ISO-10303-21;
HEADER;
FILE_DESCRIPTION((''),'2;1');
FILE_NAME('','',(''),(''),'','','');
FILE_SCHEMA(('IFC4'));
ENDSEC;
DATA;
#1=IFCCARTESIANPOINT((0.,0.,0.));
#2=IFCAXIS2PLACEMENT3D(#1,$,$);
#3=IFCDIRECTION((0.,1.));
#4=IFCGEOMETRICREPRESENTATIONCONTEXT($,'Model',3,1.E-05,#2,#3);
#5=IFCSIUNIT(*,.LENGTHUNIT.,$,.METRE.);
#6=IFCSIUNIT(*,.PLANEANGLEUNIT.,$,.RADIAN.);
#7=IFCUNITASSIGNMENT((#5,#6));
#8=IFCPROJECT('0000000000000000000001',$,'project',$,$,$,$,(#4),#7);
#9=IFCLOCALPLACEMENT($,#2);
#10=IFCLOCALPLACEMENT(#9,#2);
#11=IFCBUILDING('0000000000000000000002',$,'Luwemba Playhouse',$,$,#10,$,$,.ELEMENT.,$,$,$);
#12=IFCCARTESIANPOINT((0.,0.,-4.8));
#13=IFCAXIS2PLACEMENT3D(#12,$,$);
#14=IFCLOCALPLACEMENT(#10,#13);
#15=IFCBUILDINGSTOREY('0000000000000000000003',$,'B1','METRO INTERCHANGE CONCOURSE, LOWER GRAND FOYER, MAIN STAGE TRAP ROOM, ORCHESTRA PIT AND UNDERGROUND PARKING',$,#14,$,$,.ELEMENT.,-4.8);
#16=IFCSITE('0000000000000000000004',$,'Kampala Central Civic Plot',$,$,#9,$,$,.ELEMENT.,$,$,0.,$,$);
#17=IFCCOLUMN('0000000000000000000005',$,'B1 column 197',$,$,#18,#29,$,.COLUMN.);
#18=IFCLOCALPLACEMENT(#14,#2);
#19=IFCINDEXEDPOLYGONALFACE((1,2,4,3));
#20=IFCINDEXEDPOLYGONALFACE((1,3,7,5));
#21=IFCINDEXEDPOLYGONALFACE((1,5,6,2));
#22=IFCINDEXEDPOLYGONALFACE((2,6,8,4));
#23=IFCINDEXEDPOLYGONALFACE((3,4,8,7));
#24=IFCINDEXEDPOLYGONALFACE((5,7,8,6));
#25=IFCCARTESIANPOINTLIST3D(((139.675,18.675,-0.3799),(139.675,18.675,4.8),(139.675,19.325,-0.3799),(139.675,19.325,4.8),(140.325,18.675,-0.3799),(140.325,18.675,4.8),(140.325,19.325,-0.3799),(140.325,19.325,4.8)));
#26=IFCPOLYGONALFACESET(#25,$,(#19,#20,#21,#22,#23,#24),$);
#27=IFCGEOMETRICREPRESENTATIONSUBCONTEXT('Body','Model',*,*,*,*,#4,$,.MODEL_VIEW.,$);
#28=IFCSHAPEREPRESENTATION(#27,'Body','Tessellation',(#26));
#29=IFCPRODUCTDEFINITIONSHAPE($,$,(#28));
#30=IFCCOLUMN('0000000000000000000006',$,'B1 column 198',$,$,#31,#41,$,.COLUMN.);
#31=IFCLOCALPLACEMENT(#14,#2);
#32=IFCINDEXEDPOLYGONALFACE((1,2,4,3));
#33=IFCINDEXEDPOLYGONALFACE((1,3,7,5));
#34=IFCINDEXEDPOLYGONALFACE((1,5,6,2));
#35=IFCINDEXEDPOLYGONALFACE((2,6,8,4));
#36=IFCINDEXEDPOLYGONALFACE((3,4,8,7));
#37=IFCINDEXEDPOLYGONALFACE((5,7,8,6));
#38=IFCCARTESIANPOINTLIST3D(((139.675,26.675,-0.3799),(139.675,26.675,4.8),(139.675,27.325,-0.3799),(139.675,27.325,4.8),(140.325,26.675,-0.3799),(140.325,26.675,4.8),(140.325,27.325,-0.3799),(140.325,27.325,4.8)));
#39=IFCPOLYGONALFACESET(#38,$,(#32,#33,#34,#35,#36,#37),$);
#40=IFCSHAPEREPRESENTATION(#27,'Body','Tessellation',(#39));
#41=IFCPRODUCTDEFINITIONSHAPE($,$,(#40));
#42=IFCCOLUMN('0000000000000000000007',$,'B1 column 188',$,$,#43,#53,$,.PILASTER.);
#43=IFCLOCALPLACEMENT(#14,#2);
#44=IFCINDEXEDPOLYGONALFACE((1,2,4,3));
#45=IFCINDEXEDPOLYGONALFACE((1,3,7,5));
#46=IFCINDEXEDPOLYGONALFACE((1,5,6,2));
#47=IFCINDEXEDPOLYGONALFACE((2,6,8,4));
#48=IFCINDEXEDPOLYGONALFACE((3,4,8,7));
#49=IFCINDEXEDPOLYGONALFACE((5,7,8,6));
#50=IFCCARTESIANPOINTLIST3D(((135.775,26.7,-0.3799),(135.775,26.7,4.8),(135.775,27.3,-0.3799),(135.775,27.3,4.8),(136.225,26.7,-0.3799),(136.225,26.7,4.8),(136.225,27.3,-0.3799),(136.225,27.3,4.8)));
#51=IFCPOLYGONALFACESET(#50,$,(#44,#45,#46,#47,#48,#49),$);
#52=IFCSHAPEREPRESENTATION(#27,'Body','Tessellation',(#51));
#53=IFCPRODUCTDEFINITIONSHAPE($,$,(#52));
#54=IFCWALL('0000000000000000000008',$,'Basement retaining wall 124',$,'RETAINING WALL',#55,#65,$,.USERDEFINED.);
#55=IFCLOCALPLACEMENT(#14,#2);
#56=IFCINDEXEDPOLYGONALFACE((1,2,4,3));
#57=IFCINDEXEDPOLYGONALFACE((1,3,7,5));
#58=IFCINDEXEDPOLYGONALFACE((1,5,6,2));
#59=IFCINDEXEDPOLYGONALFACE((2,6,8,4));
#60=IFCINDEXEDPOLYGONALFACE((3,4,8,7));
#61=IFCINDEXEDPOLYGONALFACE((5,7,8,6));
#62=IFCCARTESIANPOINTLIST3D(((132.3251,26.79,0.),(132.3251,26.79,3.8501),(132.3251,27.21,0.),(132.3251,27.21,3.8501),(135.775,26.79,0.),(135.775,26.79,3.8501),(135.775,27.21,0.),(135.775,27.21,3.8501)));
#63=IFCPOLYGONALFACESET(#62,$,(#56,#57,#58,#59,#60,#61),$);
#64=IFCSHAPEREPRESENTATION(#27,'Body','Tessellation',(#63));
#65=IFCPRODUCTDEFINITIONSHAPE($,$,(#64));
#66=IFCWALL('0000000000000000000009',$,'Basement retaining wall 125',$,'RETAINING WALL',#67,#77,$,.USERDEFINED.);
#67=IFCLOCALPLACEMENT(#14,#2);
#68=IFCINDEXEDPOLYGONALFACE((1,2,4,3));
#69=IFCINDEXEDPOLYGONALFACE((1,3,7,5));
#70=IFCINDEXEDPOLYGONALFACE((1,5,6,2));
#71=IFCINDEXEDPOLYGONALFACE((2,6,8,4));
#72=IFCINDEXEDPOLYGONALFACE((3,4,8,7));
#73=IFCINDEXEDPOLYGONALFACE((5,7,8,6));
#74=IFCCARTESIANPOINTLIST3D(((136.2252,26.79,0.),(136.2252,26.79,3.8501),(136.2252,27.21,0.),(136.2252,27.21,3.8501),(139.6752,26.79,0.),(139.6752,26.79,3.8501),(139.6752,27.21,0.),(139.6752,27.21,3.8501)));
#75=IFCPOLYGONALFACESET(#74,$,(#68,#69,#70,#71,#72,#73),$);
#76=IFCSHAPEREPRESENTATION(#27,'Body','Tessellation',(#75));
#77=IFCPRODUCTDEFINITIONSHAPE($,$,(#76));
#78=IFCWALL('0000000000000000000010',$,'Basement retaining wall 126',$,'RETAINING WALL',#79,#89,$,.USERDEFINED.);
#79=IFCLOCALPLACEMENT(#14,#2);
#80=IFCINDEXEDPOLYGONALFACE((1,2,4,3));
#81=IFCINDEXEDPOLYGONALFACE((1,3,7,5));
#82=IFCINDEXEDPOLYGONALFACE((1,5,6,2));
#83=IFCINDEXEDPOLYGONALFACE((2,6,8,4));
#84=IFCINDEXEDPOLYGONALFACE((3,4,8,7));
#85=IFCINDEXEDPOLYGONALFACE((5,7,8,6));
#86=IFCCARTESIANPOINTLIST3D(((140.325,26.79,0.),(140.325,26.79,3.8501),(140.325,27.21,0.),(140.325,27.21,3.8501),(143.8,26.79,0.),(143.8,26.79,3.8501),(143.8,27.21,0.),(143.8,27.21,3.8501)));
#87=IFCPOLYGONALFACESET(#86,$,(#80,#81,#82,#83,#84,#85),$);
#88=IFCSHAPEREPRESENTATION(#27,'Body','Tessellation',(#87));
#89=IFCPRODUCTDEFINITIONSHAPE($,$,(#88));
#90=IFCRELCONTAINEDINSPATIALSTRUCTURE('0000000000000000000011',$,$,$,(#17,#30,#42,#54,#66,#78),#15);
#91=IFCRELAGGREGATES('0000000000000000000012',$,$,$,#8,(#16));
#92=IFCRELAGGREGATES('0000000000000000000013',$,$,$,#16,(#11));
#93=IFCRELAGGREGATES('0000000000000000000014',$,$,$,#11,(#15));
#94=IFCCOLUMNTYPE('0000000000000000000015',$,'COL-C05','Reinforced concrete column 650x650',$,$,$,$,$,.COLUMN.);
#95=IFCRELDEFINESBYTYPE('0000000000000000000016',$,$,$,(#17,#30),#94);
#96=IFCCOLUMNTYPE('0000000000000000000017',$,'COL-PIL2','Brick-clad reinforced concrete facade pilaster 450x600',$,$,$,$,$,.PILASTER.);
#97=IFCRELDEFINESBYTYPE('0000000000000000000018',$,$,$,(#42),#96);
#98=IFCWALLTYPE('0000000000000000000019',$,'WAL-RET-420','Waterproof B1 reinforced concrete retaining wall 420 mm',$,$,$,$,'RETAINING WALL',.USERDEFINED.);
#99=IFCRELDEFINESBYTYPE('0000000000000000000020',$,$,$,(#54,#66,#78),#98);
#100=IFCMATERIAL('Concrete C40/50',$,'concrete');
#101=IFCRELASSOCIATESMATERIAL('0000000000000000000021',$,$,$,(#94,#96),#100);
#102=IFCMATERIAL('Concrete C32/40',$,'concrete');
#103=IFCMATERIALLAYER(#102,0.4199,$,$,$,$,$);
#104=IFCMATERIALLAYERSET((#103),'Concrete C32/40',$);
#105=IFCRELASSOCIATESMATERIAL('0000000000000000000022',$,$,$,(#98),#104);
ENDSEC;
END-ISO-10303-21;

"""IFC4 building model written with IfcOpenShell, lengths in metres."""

from ifc_helpers import new_model, si_unit, direction, frame, frame_2d, origin, origin_2d, place, context, subcontext, project, spatial, rectangle, extrude, material, layer, layer_set, material_profile, profile_set, type_object, element, save


model = new_model("IFC4")

# Units and contexts
model_context = context("Model", 3, precision=1e-05, world=origin(), true_north=direction((0.0, 1.0)))
body_context = subcontext(model_context, "Body", "Model", "MODEL_VIEW")
ifc_project = project(units=[si_unit("LENGTHUNIT", "METRE"), si_unit("PLANEANGLEUNIT", "RADIAN")], contexts=[model_context])

# Site, building, storey
site_placement = place(None, origin())
site = spatial("IfcSite", under=ifc_project, at=site_placement, Name="Kampala Central Civic Plot", CompositionType="ELEMENT", RefElevation=0.0)
building_placement = place(site_placement, origin())
building = spatial("IfcBuilding", under=site, at=building_placement, Name="Luwemba Playhouse", CompositionType="ELEMENT")
storey_placement = place(building_placement, frame((0.0, 0.0, -4.8)))
storey = spatial("IfcBuildingStorey", under=building, at=storey_placement, Name="B1", Description="METRO INTERCHANGE CONCOURSE, LOWER GRAND FOYER, MAIN STAGE TRAP ROOM, ORCHESTRA PIT AND UNDERGROUND PARKING", CompositionType="ELEMENT", Elevation=-4.8)

# Shared definitions
ifc_material_1 = material(Name="Concrete C32/40", Category="concrete")

# Columns
ifc_material_2 = material(Name="Concrete C40/50", Category="concrete")
ifc_material_profile_1 = material_profile(ifc_material_2, rectangle(XDim=0.6499, YDim=0.6499, at=origin_2d()))
ifc_profile_set_1 = profile_set([ifc_material_profile_1], Name="Concrete C40/50")
column_type_1 = type_object("IfcColumnType", Name="COL-C05", Description="Reinforced concrete column 650x650", PredefinedType="COLUMN", material=ifc_profile_set_1)
for number, where, z_axis, x_axis, name in (
    (1, (140.0, 19.0, -0.3799), (0.0, 0.0, 1.0), (1.0, 0.0, 0.0), "B1 column 197"),
    (2, (140.0, 27.0, -0.3799), (0.0, 0.0, 1.0), (1.0, 0.0, 0.0), "B1 column 198"),
):
    element("IfcColumn", number, at=place(storey_placement, frame(where, z_axis=z_axis, x_axis=x_axis)), inside=storey, type_object=column_type_1, Name=name, PredefinedType="COLUMN", context=body_context, shape_type="SweptSolid", body=[
        extrude(rectangle(XDim=0.6499, YDim=0.6499, at=origin_2d()), origin(), (0.0, 0.0, 1.0), 5.1799),
    ])
ifc_material_profile_2 = material_profile(ifc_material_2, rectangle(XDim=0.45, YDim=0.6001, at=origin_2d()))
ifc_profile_set_2 = profile_set([ifc_material_profile_2], Name="Concrete C40/50")
column_type_2 = type_object("IfcColumnType", Name="COL-PIL2", Description="Brick-clad reinforced concrete facade pilaster 450x600", PredefinedType="PILASTER", material=ifc_profile_set_2)
column_placement = place(storey_placement, frame((136.0, 27.0, -0.3799), z_axis=(0.0, 0.0, 1.0), x_axis=(1.0, 0.0, 0.0)))
element("IfcColumn", 3, at=column_placement, inside=storey, type_object=column_type_2, Name="B1 column 188", PredefinedType="PILASTER", context=body_context, shape_type="SweptSolid", body=[
    extrude(rectangle(XDim=0.45, YDim=0.6001, at=origin_2d()), origin(), (0.0, 0.0, 1.0), 5.1799),
])

# Walls
ifc_layer = layer(ifc_material_1, 0.4199)
ifc_layer_set = layer_set([ifc_layer], Name="Concrete C32/40")
wall_type = type_object("IfcWallType", Name="WAL-RET-420", Description="Waterproof B1 reinforced concrete retaining wall 420 mm", ElementType="RETAINING WALL", PredefinedType="USERDEFINED", material=ifc_layer_set)
for number, where, z_axis, x_axis, name in (
    (4, (132.325, 27.0, 0.0), (0.0, 0.0, 1.0), (1.0, 0.0, 0.0), "Basement retaining wall 124"),
    (5, (136.2251, 27.0, 0.0), (0.0, 0.0, 1.0), (1.0, 0.0, 0.0), "Basement retaining wall 125"),
):
    element("IfcWall", number, at=place(storey_placement, frame(where, z_axis=z_axis, x_axis=x_axis)), inside=storey, type_object=wall_type, Name=name, ObjectType="RETAINING WALL", PredefinedType="USERDEFINED", context=body_context, shape_type="SweptSolid", body=[
        extrude(rectangle(XDim=3.45, YDim=0.4199, at=frame_2d((1.7251, 0.0))), origin(), (0.0, 0.0, 1.0), 3.8501),
    ])
wall_placement = place(storey_placement, frame((140.325, 27.0, 0.0), z_axis=(0.0, 0.0, 1.0), x_axis=(1.0, 0.0, 0.0)))
element("IfcWall", 6, at=wall_placement, inside=storey, type_object=wall_type, Name="Basement retaining wall 126", ObjectType="RETAINING WALL", PredefinedType="USERDEFINED", context=body_context, shape_type="SweptSolid", body=[
    extrude(rectangle(XDim=3.4751, YDim=0.4199, at=frame_2d((1.7375, 0.0))), origin(), (0.0, 0.0, 1.0), 3.8501),
])

save(model, "model.ifc")
